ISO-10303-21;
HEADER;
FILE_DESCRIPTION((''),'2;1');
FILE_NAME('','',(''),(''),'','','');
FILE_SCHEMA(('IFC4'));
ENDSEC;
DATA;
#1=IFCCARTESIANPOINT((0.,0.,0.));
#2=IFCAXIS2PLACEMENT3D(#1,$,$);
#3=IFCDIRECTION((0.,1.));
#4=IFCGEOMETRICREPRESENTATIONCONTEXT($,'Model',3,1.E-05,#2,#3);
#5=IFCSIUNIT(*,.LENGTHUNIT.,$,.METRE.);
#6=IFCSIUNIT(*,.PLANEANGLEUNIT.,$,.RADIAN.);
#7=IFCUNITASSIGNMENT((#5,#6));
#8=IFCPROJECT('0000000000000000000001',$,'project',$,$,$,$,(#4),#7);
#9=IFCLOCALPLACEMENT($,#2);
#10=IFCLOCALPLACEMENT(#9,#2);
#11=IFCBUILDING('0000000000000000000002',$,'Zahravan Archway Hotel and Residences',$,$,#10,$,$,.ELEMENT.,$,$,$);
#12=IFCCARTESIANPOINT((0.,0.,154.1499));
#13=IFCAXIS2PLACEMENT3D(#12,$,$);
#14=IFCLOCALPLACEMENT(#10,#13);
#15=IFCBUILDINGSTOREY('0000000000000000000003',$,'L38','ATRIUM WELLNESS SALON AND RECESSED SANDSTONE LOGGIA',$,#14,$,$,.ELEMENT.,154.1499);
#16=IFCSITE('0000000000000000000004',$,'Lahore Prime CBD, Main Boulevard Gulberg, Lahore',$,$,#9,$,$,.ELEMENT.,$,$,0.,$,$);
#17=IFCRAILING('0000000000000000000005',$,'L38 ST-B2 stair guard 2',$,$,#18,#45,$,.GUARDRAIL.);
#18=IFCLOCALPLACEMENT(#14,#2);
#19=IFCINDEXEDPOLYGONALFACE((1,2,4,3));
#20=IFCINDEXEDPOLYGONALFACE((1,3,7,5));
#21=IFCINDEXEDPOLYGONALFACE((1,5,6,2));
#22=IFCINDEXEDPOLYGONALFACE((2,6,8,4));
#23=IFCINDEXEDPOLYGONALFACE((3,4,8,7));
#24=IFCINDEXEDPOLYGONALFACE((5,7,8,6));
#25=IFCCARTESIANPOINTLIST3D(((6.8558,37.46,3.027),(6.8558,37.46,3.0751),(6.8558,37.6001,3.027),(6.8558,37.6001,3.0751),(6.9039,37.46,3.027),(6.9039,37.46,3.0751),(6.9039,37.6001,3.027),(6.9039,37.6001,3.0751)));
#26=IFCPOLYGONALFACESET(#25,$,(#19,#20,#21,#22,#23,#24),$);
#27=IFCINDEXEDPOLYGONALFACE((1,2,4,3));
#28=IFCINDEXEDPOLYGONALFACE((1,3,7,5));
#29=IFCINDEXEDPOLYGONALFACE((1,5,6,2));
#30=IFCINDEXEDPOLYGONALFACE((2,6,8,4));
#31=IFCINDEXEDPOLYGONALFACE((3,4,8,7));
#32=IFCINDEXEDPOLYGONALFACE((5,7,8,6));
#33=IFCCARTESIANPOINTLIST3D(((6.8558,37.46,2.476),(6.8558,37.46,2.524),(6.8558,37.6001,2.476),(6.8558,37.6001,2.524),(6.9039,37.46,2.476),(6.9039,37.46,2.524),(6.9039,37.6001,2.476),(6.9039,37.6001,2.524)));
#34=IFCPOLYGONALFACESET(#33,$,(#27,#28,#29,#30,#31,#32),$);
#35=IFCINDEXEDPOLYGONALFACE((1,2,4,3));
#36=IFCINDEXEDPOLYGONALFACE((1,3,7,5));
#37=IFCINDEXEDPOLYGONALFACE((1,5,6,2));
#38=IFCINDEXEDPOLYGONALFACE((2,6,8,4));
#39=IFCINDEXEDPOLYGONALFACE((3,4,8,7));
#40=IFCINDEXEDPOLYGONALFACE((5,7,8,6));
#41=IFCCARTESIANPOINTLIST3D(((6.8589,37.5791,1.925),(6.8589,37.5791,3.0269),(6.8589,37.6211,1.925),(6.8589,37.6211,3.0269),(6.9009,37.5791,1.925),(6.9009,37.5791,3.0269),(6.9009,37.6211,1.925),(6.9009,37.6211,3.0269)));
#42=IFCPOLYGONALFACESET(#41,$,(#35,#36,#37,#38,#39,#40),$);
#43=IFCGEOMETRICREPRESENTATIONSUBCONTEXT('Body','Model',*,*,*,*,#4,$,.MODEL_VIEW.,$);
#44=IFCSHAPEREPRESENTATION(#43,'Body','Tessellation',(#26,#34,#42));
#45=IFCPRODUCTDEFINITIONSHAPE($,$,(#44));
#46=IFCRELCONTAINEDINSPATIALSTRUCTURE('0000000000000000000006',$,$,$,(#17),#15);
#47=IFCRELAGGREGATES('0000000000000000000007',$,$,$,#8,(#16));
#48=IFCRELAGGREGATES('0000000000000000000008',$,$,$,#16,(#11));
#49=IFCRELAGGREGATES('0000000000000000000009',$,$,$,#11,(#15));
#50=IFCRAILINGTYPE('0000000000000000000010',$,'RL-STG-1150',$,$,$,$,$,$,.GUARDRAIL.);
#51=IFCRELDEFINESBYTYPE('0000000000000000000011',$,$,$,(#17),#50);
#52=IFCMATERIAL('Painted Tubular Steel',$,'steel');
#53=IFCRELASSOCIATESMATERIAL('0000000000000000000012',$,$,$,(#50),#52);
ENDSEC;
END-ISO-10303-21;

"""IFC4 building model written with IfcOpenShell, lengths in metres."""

from ifc_helpers import new_model, si_unit, direction, frame, origin, origin_2d, place, context, subcontext, project, spatial, rectangle, extrude, material, type_object, element, save


model = new_model("IFC4")

# Units and contexts
model_context = context("Model", 3, precision=1e-05, world=origin(), true_north=direction((0.0, 1.0)))
body_context = subcontext(model_context, "Body", "Model", "MODEL_VIEW")
ifc_project = project(units=[si_unit("LENGTHUNIT", "METRE"), si_unit("PLANEANGLEUNIT", "RADIAN")], contexts=[model_context])

# Site, building, storey
site_placement = place(None, origin())
site = spatial("IfcSite", under=ifc_project, at=site_placement, Name="Lahore Prime CBD, Main Boulevard Gulberg, Lahore", CompositionType="ELEMENT", RefElevation=0.0)
building_placement = place(site_placement, origin())
building = spatial("IfcBuilding", under=site, at=building_placement, Name="Zahravan Archway Hotel and Residences", CompositionType="ELEMENT")
storey_placement = place(building_placement, frame((0.0, 0.0, 154.1499)))
storey = spatial("IfcBuildingStorey", under=building, at=storey_placement, Name="L38", Description="ATRIUM WELLNESS SALON AND RECESSED SANDSTONE LOGGIA", CompositionType="ELEMENT", Elevation=154.1499)

# Railing
ifc_material_1 = material(Name="Painted Tubular Steel", Category="steel")
railing_type_1 = type_object("IfcRailingType", Name="RL-STG-1150", PredefinedType="GUARDRAIL", material=ifc_material_1)
railing_1_placement = place(storey_placement, frame((6.8799, 37.6001, 1.925)))
element("IfcRailing", 1, at=railing_1_placement, inside=storey, type_object=railing_type_1, Name="L38 ST-B2 stair guard 2", PredefinedType="GUARDRAIL", context=body_context, shape_type="SweptSolid", body=[
    extrude(rectangle(XDim=0.0481, YDim=0.0481, at=origin_2d()), frame((0.0, 0.0, 1.126), z_axis=(0.0, -1.0, 0.0), x_axis=(1.0, 0.0, 0.0)), (0.0, 0.0, 1.0), 0.1401),
    extrude(rectangle(XDim=0.0481, YDim=0.0481, at=origin_2d()), frame((0.0, 0.0, 0.575), z_axis=(0.0, -1.0, 0.0), x_axis=(1.0, 0.0, 0.0)), (0.0, 0.0, 1.0), 0.1401),
    extrude(rectangle(XDim=0.042, YDim=0.042, at=origin_2d()), origin(), (0.0, 0.0, 1.0), 1.1018),
])

save(model, "model.ifc")
